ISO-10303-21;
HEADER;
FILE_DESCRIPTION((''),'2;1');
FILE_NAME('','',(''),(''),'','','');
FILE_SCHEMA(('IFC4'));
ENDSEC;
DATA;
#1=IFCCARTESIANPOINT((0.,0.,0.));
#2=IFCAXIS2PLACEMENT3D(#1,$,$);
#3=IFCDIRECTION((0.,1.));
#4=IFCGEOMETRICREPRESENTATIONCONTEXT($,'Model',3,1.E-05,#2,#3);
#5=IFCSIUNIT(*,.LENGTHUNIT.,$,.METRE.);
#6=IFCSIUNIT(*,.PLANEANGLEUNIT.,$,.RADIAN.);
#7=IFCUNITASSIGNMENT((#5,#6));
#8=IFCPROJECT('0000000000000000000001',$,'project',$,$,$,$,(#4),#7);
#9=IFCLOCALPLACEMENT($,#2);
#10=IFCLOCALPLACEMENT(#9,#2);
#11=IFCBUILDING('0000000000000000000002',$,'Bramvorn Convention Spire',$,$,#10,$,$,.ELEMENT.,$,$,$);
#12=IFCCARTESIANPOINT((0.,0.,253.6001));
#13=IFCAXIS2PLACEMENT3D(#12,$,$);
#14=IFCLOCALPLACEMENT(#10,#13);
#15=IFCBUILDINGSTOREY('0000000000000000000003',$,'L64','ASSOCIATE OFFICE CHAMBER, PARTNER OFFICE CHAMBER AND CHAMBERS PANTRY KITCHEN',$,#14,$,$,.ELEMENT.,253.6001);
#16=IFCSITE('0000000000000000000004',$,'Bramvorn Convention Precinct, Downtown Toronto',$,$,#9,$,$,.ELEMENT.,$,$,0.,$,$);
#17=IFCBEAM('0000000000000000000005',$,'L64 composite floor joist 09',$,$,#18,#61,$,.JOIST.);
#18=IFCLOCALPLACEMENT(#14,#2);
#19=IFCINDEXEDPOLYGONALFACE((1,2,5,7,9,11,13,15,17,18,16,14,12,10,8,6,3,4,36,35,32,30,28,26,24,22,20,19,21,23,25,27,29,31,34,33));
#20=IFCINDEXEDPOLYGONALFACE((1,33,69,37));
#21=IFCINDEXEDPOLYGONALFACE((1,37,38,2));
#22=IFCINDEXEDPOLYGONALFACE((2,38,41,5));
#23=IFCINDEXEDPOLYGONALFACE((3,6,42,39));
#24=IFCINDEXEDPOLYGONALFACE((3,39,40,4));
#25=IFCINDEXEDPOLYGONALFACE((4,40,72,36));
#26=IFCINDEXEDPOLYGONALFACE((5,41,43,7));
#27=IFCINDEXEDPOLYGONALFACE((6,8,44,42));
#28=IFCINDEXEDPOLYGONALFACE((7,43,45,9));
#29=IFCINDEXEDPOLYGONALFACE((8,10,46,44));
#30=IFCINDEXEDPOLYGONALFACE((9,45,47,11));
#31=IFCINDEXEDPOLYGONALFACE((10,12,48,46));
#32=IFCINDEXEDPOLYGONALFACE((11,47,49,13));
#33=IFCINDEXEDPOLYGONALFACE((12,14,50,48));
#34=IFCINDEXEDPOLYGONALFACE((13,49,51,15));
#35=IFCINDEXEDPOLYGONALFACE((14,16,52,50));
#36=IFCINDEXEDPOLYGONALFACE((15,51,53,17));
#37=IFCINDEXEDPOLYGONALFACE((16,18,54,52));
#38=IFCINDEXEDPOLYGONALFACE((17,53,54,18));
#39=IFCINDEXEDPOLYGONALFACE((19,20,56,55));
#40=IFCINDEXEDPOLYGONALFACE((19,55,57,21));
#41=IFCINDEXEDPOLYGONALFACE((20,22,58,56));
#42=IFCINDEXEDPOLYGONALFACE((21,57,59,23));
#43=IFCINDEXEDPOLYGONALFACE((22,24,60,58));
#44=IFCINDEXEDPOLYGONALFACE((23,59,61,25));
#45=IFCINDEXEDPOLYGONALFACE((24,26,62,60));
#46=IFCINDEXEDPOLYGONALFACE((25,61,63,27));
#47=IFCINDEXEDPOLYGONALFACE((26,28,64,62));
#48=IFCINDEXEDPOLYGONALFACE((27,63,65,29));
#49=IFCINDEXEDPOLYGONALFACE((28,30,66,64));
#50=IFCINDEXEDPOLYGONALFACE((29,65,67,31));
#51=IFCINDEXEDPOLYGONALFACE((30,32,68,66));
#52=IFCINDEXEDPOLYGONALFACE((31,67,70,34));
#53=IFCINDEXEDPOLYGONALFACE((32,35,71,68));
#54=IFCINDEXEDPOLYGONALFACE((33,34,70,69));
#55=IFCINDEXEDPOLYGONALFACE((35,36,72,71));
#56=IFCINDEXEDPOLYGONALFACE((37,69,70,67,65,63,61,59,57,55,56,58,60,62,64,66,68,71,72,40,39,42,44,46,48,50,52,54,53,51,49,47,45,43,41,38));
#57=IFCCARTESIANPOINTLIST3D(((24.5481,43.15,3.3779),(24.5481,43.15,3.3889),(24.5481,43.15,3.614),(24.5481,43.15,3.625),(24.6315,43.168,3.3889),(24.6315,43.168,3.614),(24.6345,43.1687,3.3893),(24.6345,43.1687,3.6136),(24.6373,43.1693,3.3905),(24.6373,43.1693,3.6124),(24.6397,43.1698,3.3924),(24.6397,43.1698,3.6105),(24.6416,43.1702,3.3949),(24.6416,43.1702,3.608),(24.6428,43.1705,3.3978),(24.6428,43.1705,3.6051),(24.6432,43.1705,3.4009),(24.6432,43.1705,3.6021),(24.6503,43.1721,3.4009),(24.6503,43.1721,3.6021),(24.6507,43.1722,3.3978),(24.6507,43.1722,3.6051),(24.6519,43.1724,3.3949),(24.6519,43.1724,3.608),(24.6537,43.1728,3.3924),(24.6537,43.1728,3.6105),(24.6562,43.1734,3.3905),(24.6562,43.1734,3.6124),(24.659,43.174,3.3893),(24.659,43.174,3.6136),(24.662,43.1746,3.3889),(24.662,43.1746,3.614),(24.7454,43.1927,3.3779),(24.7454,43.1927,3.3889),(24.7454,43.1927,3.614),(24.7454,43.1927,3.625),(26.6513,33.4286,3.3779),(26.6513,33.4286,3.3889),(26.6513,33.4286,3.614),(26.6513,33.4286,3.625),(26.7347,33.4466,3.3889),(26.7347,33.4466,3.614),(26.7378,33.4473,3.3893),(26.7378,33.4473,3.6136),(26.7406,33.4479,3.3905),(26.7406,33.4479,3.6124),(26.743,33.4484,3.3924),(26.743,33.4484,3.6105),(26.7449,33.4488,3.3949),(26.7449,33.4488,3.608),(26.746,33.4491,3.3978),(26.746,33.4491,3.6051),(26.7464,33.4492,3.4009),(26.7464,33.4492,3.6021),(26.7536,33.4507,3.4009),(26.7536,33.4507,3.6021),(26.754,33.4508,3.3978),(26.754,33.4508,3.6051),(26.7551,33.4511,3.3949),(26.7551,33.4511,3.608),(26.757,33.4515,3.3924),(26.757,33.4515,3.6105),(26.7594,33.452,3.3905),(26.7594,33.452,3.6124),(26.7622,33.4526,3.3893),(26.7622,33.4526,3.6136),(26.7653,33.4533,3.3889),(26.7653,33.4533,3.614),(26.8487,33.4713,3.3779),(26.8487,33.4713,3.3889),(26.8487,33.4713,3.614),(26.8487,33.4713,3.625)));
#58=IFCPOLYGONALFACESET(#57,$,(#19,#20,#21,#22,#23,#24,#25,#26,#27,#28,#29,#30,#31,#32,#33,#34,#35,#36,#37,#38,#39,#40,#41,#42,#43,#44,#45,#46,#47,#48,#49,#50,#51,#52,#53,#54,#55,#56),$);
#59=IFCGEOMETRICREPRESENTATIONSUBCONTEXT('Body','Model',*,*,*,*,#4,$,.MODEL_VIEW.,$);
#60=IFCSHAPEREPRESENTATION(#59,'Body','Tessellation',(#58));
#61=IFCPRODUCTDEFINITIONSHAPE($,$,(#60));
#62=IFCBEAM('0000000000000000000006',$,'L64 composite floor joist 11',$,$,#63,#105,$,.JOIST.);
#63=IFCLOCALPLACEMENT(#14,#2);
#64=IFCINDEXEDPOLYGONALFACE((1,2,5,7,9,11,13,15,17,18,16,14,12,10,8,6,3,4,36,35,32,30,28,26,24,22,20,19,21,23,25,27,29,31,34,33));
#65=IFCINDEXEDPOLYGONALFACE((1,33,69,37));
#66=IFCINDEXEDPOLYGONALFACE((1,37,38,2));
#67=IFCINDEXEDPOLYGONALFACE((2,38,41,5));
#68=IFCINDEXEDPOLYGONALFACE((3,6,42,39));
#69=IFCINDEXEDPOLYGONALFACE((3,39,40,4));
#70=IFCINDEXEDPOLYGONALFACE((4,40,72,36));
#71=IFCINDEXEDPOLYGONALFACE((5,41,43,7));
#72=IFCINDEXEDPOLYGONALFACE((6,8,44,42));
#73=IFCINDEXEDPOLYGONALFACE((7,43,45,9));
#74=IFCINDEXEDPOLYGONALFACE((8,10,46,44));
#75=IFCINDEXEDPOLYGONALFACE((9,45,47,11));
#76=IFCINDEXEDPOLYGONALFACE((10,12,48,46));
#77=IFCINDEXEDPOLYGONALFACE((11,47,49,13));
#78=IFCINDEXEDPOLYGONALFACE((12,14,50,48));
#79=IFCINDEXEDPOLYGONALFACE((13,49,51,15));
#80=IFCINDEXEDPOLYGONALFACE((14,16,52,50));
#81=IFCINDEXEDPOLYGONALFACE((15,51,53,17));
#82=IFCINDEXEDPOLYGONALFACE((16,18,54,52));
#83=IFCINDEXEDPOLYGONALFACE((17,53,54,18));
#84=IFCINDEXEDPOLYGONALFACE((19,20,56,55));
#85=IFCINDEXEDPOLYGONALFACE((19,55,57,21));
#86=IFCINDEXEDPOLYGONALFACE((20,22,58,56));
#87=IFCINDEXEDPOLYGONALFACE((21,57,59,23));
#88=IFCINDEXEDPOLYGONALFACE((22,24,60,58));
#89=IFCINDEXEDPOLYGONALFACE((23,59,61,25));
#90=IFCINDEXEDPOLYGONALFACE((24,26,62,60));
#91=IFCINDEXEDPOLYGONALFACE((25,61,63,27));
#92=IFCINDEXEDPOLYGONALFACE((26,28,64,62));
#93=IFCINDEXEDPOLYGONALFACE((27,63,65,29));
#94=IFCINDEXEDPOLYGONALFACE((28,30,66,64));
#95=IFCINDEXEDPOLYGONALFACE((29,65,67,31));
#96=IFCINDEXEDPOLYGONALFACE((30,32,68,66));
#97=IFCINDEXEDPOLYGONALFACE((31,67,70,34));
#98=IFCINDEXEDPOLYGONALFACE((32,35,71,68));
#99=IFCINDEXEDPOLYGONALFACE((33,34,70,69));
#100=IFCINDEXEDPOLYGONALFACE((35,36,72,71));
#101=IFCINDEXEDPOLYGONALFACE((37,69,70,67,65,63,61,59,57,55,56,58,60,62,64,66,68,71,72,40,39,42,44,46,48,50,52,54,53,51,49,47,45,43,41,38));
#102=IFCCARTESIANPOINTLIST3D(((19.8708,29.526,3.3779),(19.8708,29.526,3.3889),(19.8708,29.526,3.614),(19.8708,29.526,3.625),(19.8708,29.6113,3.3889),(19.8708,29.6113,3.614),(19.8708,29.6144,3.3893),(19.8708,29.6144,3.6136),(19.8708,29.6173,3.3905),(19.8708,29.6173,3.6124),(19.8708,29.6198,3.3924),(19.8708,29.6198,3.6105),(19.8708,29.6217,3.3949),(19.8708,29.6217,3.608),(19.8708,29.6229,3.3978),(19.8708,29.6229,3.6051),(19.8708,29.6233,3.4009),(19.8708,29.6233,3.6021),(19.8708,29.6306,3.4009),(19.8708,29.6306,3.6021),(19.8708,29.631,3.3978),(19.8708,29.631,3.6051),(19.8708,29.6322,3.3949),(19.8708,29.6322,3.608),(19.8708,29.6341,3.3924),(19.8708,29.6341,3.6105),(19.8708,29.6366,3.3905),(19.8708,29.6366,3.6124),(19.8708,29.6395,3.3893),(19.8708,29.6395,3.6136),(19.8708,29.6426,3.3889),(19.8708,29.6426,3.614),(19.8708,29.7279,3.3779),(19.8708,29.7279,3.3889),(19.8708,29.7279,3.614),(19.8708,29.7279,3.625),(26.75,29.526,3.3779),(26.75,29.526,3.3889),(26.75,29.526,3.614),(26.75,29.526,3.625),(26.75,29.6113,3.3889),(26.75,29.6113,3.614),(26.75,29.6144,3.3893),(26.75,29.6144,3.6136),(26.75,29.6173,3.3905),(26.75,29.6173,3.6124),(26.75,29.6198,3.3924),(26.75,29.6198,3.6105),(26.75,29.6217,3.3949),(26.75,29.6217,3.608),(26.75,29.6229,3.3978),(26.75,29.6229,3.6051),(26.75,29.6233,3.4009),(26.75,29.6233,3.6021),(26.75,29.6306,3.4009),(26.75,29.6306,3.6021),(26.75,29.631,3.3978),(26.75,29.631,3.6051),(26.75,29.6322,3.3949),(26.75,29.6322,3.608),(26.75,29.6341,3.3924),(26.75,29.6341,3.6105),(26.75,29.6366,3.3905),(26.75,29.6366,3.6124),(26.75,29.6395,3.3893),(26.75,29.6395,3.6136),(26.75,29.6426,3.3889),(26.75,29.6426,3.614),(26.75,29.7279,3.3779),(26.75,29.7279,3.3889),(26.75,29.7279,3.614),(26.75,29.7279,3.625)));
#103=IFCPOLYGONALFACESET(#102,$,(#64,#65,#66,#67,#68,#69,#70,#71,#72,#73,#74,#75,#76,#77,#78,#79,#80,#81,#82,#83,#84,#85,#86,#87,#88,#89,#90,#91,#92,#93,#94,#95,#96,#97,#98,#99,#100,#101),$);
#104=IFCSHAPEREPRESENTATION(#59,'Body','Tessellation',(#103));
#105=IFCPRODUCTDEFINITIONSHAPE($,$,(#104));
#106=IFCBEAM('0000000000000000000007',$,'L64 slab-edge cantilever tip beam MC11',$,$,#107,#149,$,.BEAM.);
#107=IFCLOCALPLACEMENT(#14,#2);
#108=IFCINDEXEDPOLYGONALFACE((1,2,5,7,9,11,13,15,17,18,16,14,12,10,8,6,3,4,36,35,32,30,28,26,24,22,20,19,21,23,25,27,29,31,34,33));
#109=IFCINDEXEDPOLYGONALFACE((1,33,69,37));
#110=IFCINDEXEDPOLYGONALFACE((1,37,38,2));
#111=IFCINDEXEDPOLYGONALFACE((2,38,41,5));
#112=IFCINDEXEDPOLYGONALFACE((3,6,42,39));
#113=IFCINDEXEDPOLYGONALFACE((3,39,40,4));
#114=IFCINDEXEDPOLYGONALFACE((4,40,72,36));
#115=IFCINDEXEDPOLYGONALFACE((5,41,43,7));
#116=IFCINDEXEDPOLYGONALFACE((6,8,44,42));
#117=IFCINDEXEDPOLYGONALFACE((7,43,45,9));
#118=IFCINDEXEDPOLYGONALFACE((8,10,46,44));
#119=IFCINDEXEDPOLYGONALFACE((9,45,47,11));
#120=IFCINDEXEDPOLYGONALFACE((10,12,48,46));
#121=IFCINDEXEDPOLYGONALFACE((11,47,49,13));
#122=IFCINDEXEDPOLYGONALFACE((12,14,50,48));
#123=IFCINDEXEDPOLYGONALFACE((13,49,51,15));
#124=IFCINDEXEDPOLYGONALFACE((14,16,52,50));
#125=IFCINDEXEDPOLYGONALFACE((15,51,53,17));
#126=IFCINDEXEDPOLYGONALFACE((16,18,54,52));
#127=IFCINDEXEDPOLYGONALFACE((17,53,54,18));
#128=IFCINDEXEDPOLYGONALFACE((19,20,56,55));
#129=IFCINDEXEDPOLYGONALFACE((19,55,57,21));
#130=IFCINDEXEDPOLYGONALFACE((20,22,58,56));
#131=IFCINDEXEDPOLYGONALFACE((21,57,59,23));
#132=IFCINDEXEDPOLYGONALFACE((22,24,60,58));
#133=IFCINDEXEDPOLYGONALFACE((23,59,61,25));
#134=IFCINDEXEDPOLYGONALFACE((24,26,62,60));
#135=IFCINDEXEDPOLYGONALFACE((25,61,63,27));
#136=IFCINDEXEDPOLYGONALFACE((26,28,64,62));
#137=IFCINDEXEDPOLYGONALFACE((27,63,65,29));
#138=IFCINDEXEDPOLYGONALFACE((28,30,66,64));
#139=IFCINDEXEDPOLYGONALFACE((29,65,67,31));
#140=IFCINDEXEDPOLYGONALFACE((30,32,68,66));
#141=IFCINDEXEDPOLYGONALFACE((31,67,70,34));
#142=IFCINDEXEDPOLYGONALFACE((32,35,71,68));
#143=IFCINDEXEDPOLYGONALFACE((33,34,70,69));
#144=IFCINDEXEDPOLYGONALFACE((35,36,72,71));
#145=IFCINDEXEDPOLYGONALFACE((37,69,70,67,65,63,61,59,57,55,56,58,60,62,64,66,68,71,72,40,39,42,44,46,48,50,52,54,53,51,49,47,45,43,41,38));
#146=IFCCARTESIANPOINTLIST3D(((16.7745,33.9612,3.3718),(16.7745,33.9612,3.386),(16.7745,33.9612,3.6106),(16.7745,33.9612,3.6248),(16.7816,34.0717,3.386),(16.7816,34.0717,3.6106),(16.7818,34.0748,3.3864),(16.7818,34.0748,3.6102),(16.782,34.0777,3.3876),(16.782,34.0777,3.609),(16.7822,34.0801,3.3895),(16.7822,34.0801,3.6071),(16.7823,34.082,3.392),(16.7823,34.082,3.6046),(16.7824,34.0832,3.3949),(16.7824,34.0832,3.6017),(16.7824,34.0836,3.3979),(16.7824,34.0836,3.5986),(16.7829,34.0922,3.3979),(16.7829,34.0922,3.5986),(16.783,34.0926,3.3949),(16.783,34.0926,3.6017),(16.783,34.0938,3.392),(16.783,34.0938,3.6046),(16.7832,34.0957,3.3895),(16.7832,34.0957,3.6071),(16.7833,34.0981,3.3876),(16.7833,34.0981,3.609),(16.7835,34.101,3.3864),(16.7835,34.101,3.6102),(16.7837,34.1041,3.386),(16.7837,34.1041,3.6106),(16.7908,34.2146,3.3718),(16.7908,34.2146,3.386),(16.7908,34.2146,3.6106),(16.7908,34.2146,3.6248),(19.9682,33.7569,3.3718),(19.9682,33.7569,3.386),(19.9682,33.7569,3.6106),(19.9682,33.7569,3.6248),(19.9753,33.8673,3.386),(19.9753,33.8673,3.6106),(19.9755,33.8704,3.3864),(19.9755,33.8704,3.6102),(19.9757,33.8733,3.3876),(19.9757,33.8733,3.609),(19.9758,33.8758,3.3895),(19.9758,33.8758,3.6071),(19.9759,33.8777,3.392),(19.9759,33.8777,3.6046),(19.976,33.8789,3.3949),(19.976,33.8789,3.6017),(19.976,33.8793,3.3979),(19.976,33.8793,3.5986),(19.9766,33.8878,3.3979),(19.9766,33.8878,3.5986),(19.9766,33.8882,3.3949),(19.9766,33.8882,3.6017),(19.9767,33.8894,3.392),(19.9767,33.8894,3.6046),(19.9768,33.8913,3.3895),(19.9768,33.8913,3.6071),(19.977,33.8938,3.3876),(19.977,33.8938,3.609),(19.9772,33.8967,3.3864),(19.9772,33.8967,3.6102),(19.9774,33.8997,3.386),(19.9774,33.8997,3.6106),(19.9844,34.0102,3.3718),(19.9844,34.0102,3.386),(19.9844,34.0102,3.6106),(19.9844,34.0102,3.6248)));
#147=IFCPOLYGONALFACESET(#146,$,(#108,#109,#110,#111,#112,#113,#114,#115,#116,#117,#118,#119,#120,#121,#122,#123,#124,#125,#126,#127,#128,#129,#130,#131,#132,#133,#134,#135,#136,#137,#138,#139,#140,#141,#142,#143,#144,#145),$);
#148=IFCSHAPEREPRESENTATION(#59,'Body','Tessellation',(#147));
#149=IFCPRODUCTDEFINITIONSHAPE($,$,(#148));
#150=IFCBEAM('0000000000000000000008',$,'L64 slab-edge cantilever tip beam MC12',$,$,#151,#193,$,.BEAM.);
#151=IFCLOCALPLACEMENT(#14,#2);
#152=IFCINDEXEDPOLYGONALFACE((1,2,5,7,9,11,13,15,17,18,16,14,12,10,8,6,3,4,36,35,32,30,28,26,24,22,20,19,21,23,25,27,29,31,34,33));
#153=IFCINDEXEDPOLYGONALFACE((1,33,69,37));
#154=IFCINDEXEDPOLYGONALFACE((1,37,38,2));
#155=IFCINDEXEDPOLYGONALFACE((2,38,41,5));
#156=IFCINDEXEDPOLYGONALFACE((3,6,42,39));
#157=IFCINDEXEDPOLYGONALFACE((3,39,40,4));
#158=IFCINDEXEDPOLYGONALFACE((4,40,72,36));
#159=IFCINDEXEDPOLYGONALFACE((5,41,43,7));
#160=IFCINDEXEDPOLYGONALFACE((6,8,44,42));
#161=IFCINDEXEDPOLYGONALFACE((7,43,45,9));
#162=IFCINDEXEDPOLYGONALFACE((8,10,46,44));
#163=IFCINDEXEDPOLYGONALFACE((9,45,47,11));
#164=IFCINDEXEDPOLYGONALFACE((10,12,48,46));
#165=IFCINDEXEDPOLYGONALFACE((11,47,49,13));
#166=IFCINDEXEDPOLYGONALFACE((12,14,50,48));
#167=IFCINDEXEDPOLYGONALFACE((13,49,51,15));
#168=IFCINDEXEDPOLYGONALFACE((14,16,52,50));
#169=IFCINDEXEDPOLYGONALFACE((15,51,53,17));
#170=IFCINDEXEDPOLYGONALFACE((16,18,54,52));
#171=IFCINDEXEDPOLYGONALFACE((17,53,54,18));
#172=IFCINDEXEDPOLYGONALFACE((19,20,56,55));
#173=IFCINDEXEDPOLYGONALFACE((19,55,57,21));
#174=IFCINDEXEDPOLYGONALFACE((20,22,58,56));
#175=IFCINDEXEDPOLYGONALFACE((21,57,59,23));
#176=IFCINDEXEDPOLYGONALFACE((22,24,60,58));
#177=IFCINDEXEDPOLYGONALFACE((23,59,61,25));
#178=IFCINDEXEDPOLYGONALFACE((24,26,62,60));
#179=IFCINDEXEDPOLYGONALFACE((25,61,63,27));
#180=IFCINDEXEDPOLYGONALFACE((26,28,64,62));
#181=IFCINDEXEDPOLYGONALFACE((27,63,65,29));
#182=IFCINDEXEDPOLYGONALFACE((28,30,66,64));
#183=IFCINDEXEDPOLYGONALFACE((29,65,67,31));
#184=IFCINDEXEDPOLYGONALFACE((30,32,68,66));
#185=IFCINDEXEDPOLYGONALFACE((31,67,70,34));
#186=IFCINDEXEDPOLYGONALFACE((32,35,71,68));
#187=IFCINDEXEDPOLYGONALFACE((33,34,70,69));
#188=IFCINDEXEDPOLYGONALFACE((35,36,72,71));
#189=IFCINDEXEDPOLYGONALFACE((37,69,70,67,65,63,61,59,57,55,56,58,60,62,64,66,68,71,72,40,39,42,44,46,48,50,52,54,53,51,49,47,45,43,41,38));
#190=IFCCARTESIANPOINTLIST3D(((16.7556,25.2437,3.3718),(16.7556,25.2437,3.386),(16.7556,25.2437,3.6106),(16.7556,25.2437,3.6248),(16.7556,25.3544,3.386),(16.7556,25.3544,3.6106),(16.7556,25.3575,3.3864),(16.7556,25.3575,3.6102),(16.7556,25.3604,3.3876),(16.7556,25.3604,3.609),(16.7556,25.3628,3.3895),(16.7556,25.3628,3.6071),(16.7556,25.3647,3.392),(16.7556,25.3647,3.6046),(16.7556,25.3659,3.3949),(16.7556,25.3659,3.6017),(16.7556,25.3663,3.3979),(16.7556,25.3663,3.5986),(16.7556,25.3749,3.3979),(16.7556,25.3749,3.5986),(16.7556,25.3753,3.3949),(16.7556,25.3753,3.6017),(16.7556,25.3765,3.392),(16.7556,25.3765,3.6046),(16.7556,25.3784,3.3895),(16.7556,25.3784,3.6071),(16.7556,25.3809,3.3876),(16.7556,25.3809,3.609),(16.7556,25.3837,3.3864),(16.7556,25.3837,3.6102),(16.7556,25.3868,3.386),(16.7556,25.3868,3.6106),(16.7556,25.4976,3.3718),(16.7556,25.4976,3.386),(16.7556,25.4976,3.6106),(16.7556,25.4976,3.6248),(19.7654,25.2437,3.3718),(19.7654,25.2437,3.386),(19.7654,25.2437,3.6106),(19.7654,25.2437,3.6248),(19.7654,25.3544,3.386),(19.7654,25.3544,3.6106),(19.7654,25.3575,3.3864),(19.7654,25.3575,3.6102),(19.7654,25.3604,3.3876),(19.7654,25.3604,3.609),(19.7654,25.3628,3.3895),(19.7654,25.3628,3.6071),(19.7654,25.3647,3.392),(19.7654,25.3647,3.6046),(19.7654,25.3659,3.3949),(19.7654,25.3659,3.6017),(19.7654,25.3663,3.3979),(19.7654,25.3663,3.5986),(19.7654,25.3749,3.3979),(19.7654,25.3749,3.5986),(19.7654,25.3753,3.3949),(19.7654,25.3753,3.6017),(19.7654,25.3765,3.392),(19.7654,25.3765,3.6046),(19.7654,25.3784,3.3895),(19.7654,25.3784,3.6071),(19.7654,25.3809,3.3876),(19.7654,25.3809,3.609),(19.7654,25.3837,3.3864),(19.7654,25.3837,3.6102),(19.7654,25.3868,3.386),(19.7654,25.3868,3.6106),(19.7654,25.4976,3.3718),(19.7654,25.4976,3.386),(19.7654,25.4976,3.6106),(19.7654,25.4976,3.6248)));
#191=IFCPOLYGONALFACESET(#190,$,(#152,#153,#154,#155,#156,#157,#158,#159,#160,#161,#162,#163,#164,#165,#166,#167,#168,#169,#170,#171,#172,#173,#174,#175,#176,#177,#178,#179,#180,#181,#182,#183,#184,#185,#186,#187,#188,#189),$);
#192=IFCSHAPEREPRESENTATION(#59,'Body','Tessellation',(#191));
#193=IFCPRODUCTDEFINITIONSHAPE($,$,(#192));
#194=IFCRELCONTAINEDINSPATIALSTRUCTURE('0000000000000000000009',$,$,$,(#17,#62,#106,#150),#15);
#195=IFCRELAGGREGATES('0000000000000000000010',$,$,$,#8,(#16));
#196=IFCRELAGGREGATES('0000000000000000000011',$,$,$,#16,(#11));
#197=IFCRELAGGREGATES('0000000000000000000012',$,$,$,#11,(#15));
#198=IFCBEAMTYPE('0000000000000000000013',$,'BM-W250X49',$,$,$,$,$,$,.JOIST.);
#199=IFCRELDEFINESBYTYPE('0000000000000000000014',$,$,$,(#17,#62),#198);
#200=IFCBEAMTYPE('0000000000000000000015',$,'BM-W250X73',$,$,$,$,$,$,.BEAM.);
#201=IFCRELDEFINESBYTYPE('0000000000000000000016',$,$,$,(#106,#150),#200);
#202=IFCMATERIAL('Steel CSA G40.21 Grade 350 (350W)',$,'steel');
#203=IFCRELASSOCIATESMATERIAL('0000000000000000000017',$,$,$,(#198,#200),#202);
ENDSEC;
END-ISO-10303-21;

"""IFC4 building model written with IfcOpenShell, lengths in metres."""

from ifc_helpers import new_model, si_unit, direction, frame, origin, origin_2d, place, context, subcontext, project, spatial, i_section, extrude, material, material_profile, profile_set, type_object, element, save


model = new_model("IFC4")

# Units and contexts
model_context = context("Model", 3, precision=1e-05, world=origin(), true_north=direction((0.0, 1.0)))
body_context = subcontext(model_context, "Body", "Model", "MODEL_VIEW")
ifc_project = project(units=[si_unit("LENGTHUNIT", "METRE"), si_unit("PLANEANGLEUNIT", "RADIAN")], contexts=[model_context])

# Site, building, storey
site_placement = place(None, origin())
site = spatial("IfcSite", under=ifc_project, at=site_placement, Name="Bramvorn Convention Precinct, Downtown Toronto", CompositionType="ELEMENT", RefElevation=0.0)
building_placement = place(site_placement, origin())
building = spatial("IfcBuilding", under=site, at=building_placement, Name="Bramvorn Convention Spire", CompositionType="ELEMENT")
storey_placement = place(building_placement, frame((0.0, 0.0, 253.6001)))
storey = spatial("IfcBuildingStorey", under=building, at=storey_placement, Name="L64", Description="ASSOCIATE OFFICE CHAMBER, PARTNER OFFICE CHAMBER AND CHAMBERS PANTRY KITCHEN", CompositionType="ELEMENT", Elevation=253.6001)

# Shared definitions
ifc_material_1 = material(Name="Steel CSA G40.21 Grade 350 (350W)", Category="steel")

# Beams
ifc_material_profile_1 = material_profile(ifc_material_1, i_section(OverallWidth=0.2019, OverallDepth=0.2471, WebThickness=0.0073, FlangeThickness=0.011, FilletRadius=0.012, at=origin_2d()))
ifc_profile_set_1 = profile_set([ifc_material_profile_1], Name="Steel CSA G40.21 Grade 350 (350W) - W250X49")
beam_type_1 = type_object("IfcBeamType", Name="BM-W250X49", PredefinedType="JOIST", material=ifc_profile_set_1)
beam_1_placement = place(storey_placement, frame((26.75, 33.45, 3.5015), z_axis=(-0.211461, 0.977386, 0.0), x_axis=(-0.977386, -0.211461, 0.0)))
element("IfcBeam", 1, at=beam_1_placement, inside=storey, type_object=beam_type_1, Name="L64 composite floor joist 09", PredefinedType="JOIST", context=body_context, shape_type="SweptSolid", body=[
    extrude(i_section(OverallWidth=0.2019, OverallDepth=0.2471, WebThickness=0.0073, FlangeThickness=0.011, FilletRadius=0.012, at=origin_2d()), origin(), (0.0, 0.0, 1.0), 9.9463),
])
beam_2_placement = place(storey_placement, frame((26.75, 29.627, 3.5015), z_axis=(-1.0, 0.0, 0.0), x_axis=(0.0, -1.0, 0.0)))
element("IfcBeam", 2, at=beam_2_placement, inside=storey, type_object=beam_type_1, Name="L64 composite floor joist 11", PredefinedType="JOIST", context=body_context, shape_type="SweptSolid", body=[
    extrude(i_section(OverallWidth=0.2019, OverallDepth=0.2471, WebThickness=0.0073, FlangeThickness=0.011, FilletRadius=0.012, at=origin_2d()), origin(), (0.0, 0.0, 1.0), 6.8792),
])
ifc_material_profile_2 = material_profile(ifc_material_1, i_section(OverallWidth=0.2539, OverallDepth=0.2529, WebThickness=0.0085, FlangeThickness=0.0142, FilletRadius=0.012, at=origin_2d()))
ifc_profile_set_2 = profile_set([ifc_material_profile_2], Name="Steel CSA G40.21 Grade 350 (350W) - W250X73")
beam_type_2 = type_object("IfcBeamType", Name="BM-W250X73", PredefinedType="BEAM", material=ifc_profile_set_2)
beam_3_placement = place(storey_placement, frame((19.9763, 33.8835, 3.4983), z_axis=(-0.997959, 0.063855, 0.0), x_axis=(-0.063855, -0.997959, 0.0)))
element("IfcBeam", 3, at=beam_3_placement, inside=storey, type_object=beam_type_2, Name="L64 slab-edge cantilever tip beam MC11", PredefinedType="BEAM", context=body_context, shape_type="SweptSolid", body=[
    extrude(i_section(OverallWidth=0.2539, OverallDepth=0.2529, WebThickness=0.0085, FlangeThickness=0.0142, FilletRadius=0.012, at=origin_2d()), origin(), (0.0, 0.0, 1.0), 3.2002),
])
beam_4_placement = place(storey_placement, frame((19.7654, 25.3706, 3.4983), z_axis=(-1.0, 0.0, 0.0), x_axis=(0.0, -1.0, 0.0)))
element("IfcBeam", 4, at=beam_4_placement, inside=storey, type_object=beam_type_2, Name="L64 slab-edge cantilever tip beam MC12", PredefinedType="BEAM", context=body_context, shape_type="SweptSolid", body=[
    extrude(i_section(OverallWidth=0.2539, OverallDepth=0.2529, WebThickness=0.0085, FlangeThickness=0.0142, FilletRadius=0.012, at=origin_2d()), origin(), (0.0, 0.0, 1.0), 3.0098),
])

save(model, "model.ifc")
